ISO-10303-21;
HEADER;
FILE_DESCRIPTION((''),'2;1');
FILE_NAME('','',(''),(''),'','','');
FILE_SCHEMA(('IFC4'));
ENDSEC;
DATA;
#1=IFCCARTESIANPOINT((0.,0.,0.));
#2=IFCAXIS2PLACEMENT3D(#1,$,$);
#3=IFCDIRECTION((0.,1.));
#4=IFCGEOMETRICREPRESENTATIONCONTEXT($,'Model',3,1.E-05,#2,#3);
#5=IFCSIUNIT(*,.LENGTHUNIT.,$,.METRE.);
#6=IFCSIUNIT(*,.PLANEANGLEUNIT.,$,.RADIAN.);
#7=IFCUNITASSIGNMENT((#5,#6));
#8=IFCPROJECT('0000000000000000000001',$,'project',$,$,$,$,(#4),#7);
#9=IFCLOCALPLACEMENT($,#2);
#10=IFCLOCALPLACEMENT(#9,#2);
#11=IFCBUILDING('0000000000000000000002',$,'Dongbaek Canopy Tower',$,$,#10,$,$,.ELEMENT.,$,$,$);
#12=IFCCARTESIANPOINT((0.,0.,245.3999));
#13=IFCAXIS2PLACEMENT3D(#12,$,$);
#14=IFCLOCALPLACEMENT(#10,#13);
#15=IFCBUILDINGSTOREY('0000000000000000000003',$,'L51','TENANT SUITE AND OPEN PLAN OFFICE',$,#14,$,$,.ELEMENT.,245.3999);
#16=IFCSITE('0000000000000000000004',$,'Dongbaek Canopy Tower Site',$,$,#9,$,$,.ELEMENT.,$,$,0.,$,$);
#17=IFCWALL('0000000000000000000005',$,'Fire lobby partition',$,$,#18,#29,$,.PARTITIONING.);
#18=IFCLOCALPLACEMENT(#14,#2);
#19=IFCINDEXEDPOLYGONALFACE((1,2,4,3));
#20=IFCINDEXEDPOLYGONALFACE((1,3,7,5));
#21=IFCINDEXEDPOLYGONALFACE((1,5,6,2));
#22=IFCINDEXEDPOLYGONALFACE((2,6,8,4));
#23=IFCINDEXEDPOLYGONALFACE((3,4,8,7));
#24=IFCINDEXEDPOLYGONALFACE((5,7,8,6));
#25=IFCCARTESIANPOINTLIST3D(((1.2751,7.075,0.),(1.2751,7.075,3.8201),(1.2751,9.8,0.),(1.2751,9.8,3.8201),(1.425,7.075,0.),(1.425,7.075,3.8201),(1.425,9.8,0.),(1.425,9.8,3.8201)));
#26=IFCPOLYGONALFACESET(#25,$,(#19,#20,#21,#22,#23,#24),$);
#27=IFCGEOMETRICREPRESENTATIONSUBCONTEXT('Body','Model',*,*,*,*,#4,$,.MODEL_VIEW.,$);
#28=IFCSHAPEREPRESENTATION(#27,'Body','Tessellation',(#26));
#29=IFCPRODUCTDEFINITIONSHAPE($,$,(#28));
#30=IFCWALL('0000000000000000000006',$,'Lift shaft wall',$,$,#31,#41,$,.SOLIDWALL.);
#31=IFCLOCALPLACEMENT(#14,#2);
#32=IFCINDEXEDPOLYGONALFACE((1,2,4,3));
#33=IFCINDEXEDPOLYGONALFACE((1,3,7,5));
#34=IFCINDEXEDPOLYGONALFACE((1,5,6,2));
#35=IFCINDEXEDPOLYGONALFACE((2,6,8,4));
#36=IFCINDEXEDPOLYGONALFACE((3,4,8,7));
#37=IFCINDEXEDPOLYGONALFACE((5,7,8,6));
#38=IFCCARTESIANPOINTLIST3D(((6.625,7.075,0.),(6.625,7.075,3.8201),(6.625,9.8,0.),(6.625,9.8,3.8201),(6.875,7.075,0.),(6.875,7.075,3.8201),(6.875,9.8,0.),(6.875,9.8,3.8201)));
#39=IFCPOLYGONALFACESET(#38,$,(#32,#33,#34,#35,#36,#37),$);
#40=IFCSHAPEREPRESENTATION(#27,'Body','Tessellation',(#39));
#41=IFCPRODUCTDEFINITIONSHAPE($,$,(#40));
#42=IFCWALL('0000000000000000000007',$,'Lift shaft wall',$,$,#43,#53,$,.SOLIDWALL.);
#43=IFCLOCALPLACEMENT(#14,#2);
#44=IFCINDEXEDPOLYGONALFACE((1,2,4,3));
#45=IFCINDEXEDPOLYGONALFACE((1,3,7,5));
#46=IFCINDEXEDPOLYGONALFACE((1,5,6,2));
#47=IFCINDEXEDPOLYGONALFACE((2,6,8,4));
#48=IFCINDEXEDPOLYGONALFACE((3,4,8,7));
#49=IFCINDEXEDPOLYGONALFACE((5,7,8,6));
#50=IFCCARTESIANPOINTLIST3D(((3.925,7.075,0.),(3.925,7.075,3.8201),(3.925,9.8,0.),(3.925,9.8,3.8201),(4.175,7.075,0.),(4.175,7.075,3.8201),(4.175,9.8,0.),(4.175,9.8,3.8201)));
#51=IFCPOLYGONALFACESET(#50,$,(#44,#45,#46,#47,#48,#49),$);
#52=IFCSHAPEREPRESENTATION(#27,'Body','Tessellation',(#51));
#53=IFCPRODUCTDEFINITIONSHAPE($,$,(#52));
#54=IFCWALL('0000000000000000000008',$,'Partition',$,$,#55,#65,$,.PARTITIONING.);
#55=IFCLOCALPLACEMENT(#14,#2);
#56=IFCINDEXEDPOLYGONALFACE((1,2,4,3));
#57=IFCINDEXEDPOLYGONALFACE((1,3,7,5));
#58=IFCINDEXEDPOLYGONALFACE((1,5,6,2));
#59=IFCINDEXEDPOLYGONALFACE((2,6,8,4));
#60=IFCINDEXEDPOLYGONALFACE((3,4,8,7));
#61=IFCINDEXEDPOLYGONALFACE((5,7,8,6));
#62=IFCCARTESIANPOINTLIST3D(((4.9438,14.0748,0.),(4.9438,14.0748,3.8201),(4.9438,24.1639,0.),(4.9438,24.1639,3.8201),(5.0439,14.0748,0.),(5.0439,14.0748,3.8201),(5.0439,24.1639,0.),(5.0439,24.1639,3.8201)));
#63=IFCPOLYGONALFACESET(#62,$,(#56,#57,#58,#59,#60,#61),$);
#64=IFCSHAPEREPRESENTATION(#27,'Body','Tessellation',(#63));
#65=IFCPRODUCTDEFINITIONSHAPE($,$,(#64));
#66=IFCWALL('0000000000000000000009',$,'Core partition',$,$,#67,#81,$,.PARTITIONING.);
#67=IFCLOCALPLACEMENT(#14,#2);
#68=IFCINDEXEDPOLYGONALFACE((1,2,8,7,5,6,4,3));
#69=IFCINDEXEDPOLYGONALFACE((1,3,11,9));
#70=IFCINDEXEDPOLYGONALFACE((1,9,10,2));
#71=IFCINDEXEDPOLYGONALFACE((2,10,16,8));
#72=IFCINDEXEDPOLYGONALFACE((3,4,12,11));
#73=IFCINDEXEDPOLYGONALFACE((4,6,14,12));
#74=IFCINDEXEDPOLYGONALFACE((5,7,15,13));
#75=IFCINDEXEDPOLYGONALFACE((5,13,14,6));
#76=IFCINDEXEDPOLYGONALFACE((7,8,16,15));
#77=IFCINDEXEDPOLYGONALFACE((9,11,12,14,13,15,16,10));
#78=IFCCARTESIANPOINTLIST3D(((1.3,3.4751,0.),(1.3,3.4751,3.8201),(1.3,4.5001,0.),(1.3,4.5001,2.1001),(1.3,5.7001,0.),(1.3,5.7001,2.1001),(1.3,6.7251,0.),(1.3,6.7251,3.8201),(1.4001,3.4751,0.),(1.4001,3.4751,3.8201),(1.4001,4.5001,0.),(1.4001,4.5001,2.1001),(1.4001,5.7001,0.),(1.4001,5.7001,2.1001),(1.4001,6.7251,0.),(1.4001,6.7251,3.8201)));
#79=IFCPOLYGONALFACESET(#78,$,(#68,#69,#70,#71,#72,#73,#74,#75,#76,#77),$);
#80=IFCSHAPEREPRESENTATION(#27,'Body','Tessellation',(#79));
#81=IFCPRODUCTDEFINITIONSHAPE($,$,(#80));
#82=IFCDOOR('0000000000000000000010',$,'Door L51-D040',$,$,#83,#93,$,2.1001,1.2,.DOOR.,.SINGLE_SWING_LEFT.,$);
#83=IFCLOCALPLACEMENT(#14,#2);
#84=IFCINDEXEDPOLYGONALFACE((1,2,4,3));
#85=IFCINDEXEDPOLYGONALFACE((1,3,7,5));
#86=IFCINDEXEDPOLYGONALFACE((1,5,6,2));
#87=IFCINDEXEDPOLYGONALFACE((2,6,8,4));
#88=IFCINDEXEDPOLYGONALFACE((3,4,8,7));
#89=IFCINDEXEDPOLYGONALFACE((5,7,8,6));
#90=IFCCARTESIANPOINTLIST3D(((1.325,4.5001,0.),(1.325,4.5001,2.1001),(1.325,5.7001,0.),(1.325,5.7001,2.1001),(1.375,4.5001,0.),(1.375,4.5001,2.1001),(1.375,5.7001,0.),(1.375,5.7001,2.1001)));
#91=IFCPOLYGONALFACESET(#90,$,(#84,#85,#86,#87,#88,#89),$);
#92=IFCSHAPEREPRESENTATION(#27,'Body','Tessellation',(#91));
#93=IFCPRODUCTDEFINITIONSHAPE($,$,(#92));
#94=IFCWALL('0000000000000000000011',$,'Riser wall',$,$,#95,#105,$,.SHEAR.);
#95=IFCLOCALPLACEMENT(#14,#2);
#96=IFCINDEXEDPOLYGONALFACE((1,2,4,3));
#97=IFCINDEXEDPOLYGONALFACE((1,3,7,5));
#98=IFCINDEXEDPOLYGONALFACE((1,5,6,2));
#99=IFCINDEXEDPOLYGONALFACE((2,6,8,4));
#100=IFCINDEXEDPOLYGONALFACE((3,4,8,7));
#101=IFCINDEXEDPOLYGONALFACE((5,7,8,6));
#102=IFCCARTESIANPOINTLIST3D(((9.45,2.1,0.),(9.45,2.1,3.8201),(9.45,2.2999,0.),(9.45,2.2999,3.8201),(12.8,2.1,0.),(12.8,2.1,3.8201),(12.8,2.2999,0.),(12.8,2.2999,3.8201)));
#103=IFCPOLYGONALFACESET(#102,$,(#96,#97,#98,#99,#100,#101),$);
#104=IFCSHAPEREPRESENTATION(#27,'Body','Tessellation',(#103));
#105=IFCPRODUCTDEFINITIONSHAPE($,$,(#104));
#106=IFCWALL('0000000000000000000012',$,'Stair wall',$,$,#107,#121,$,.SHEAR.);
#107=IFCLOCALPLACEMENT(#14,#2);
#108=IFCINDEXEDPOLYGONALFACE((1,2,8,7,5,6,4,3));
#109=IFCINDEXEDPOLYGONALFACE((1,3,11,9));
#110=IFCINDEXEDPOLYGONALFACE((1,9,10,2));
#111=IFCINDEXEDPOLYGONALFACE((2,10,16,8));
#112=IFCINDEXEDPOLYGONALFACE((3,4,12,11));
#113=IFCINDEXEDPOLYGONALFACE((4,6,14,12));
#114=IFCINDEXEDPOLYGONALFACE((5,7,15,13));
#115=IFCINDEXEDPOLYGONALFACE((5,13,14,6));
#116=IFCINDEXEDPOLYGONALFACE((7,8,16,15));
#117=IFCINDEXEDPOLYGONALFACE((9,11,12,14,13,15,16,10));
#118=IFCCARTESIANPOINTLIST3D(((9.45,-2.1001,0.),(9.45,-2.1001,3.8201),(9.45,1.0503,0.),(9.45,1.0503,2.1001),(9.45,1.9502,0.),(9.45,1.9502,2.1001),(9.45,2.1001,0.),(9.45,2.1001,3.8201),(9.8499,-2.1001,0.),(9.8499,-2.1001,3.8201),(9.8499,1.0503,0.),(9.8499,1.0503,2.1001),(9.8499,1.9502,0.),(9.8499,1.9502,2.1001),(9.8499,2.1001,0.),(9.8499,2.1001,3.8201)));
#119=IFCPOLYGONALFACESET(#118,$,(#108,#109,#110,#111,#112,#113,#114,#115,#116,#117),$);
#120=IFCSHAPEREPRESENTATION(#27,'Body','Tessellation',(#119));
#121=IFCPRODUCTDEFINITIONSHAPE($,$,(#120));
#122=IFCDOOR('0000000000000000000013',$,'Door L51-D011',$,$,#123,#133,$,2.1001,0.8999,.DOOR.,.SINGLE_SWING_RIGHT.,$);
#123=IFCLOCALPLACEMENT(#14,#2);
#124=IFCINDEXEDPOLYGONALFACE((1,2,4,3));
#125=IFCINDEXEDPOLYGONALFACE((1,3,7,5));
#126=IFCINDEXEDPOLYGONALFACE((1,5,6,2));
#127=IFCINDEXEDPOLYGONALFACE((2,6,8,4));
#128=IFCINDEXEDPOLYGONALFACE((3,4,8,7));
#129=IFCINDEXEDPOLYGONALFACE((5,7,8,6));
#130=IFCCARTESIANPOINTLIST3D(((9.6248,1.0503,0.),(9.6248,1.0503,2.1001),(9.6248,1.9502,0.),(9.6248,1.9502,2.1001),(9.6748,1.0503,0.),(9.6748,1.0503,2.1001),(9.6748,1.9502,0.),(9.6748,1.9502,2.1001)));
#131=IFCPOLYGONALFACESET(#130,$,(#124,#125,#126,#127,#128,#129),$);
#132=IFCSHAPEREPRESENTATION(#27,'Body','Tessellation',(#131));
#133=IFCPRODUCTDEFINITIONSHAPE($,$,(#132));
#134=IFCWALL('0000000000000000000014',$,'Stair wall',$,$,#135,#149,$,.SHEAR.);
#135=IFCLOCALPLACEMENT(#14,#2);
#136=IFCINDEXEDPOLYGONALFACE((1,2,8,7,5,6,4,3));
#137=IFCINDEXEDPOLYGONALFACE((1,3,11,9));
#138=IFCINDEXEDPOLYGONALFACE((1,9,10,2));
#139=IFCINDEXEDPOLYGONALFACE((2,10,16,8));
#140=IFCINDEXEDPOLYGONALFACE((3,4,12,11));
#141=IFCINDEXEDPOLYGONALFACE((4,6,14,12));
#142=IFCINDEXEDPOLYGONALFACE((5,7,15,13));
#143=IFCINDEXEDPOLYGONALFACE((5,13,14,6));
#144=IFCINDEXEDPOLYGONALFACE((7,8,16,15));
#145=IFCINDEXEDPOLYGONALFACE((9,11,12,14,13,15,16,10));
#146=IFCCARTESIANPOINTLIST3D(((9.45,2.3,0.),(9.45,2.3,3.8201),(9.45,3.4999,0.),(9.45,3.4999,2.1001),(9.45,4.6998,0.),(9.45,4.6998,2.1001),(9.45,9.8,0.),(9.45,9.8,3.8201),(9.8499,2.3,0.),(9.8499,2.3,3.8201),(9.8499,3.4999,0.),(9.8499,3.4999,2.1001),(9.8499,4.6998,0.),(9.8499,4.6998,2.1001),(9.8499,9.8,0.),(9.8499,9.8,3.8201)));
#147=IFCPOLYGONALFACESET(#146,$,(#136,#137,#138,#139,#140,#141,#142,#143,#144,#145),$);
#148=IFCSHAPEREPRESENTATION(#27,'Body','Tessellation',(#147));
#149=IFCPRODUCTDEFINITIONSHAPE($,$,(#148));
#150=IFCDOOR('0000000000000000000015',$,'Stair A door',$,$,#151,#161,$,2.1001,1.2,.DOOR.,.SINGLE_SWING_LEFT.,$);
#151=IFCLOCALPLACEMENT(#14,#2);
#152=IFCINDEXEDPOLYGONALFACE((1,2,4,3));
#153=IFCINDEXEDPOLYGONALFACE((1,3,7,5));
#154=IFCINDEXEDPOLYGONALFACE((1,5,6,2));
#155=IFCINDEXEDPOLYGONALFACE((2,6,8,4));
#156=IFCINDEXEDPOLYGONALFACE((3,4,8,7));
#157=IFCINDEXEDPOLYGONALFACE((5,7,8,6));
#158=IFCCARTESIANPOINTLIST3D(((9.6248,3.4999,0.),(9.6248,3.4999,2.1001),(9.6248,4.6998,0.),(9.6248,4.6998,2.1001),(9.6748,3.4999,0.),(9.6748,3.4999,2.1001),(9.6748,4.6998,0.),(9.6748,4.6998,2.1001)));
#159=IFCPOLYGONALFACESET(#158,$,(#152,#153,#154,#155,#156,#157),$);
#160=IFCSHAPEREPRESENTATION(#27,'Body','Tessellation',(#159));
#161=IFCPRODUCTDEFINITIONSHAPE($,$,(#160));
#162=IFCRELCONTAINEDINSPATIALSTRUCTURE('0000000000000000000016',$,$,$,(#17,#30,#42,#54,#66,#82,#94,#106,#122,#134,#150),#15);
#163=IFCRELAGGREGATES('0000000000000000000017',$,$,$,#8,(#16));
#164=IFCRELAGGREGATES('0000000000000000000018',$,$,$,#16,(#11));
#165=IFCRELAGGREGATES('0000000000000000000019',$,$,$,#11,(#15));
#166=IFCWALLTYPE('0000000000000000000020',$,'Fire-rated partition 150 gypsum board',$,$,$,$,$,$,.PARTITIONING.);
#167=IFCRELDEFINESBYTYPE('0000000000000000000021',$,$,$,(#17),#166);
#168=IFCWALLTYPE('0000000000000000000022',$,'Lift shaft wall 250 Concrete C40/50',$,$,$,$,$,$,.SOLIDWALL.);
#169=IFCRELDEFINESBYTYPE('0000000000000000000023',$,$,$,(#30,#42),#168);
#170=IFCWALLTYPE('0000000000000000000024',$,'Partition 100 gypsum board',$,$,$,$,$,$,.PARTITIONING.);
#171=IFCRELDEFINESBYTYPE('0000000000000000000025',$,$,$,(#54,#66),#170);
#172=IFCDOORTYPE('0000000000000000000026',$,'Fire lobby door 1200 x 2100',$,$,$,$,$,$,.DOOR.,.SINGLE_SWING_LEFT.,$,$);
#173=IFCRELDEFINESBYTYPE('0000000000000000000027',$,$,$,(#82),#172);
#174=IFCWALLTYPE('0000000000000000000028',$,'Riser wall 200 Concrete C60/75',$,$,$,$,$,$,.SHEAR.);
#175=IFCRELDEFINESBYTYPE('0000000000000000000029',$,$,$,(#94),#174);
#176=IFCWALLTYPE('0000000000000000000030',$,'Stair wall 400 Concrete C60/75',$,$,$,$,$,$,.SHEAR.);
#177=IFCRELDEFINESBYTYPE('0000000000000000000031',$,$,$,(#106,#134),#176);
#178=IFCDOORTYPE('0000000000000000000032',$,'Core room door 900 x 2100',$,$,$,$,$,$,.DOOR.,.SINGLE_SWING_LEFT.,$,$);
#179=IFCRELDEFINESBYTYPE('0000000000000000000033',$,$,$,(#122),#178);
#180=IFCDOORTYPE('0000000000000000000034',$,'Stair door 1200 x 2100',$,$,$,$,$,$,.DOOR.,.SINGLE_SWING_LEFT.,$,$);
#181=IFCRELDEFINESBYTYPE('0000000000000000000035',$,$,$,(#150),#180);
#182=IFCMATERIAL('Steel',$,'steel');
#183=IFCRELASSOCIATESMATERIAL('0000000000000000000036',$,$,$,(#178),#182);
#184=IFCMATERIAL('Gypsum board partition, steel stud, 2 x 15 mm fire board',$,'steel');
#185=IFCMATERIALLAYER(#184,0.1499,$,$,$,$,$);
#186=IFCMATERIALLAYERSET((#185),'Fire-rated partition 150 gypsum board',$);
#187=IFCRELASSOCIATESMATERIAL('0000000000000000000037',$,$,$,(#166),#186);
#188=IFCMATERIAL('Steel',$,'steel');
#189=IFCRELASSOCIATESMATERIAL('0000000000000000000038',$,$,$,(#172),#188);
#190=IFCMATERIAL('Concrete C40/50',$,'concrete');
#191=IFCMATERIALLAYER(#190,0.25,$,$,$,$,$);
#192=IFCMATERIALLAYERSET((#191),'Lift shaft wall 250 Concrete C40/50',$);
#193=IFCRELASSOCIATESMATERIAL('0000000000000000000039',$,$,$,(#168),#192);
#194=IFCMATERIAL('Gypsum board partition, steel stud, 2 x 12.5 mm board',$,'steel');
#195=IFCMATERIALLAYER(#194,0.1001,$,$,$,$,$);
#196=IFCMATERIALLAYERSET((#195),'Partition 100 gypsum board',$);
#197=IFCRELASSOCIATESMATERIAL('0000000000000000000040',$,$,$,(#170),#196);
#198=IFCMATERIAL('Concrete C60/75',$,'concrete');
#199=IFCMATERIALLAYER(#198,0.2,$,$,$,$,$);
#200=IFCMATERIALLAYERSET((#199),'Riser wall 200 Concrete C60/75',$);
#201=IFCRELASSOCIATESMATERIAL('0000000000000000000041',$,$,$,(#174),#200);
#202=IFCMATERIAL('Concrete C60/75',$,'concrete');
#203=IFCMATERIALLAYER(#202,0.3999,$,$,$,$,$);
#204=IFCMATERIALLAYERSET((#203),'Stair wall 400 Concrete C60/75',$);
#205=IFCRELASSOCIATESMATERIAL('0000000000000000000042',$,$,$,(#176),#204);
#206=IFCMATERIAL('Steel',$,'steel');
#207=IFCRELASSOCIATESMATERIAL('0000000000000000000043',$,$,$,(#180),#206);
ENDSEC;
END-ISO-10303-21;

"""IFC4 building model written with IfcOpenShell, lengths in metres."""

from ifc_helpers import new_model, si_unit, direction, frame, frame_2d, origin, place, context, subcontext, project, spatial, rectangle, extrude, material, layer, layer_set, type_object, element, fill, save


model = new_model("IFC4")

# Units and contexts
model_context = context("Model", 3, precision=1e-05, world=origin(), true_north=direction((0.0, 1.0)))
body_context = subcontext(model_context, "Body", "Model", "MODEL_VIEW")
ifc_project = project(units=[si_unit("LENGTHUNIT", "METRE"), si_unit("PLANEANGLEUNIT", "RADIAN")], contexts=[model_context])

# Site, building, storey
site_placement = place(None, origin())
site = spatial("IfcSite", under=ifc_project, at=site_placement, Name="Dongbaek Canopy Tower Site", CompositionType="ELEMENT", RefElevation=0.0)
building_placement = place(site_placement, origin())
building = spatial("IfcBuilding", under=site, at=building_placement, Name="Dongbaek Canopy Tower", CompositionType="ELEMENT")
storey_placement = place(building_placement, frame((0.0, 0.0, 245.3999)))
storey = spatial("IfcBuildingStorey", under=building, at=storey_placement, Name="L51", Description="TENANT SUITE AND OPEN PLAN OFFICE", CompositionType="ELEMENT", Elevation=245.3999)

# Shared definitions
ifc_material_1 = material(Name="Steel", Category="steel")
door_type_1 = type_object("IfcDoorType", Name="Core room door 900 x 2100", OperationType="SINGLE_SWING_LEFT", PredefinedType="DOOR", material=ifc_material_1)

# Shared definitions
ifc_material_2 = material(Name="Gypsum board partition, steel stud, 2 x 15 mm fire board", Category="steel")
ifc_layer_1 = layer(ifc_material_2, 0.1499)
ifc_layer_set_1 = layer_set([ifc_layer_1], Name="Fire-rated partition 150 gypsum board")
wall_type_1 = type_object("IfcWallType", Name="Fire-rated partition 150 gypsum board", PredefinedType="PARTITIONING", material=ifc_layer_set_1)
ifc_material_3 = material(Name="Steel", Category="steel")
door_type_2 = type_object("IfcDoorType", Name="Fire lobby door 1200 x 2100", OperationType="SINGLE_SWING_LEFT", PredefinedType="DOOR", material=ifc_material_3)

# Walls
wall_1_placement = place(storey_placement, frame((1.3501, 7.075, 0.0), z_axis=(0.0, 0.0, 1.0), x_axis=(0.0, 1.0, 0.0)))
element("IfcWall", 1, at=wall_1_placement, inside=storey, type_object=wall_type_1, Name="Fire lobby partition", PredefinedType="PARTITIONING", context=body_context, shape_type="SweptSolid", body=[
    extrude(rectangle(XDim=2.7251, YDim=0.1499, at=frame_2d((1.3625, 0.0))), origin(), (0.0, 0.0, 1.0), 3.8201),
])
ifc_material_4 = material(Name="Concrete C40/50", Category="concrete")
ifc_layer_2 = layer(ifc_material_4, 0.25)
ifc_layer_set_2 = layer_set([ifc_layer_2], Name="Lift shaft wall 250 Concrete C40/50")
wall_type_2 = type_object("IfcWallType", Name="Lift shaft wall 250 Concrete C40/50", PredefinedType="SOLIDWALL", material=ifc_layer_set_2)
for number, where, z_axis, x_axis, name in (
    (2, (6.75, 7.075, 0.0), (0.0, 0.0, 1.0), (0.0, 1.0, 0.0), "Lift shaft wall"),
    (3, (4.05, 7.075, 0.0), (0.0, 0.0, 1.0), (0.0, 1.0, 0.0), "Lift shaft wall"),
):
    element("IfcWall", number, at=place(storey_placement, frame(where, z_axis=z_axis, x_axis=x_axis)), inside=storey, type_object=wall_type_2, Name=name, PredefinedType="SOLIDWALL", context=body_context, shape_type="SweptSolid", body=[
        extrude(rectangle(XDim=2.7251, YDim=0.25, at=frame_2d((1.3625, 0.0))), origin(), (0.0, 0.0, 1.0), 3.8201),
    ])
ifc_material_5 = material(Name="Gypsum board partition, steel stud, 2 x 12.5 mm board", Category="steel")
ifc_layer_3 = layer(ifc_material_5, 0.1001)
ifc_layer_set_3 = layer_set([ifc_layer_3], Name="Partition 100 gypsum board")
wall_type_3 = type_object("IfcWallType", Name="Partition 100 gypsum board", PredefinedType="PARTITIONING", material=ifc_layer_set_3)
wall_2_placement = place(storey_placement, frame((4.9939, 14.075, 0.0), z_axis=(0.0, 0.0, 1.0), x_axis=(0.0, 1.0, 0.0)))
element("IfcWall", 4, at=wall_2_placement, inside=storey, type_object=wall_type_3, Name="Partition", PredefinedType="PARTITIONING", context=body_context, shape_type="SweptSolid", body=[
    extrude(rectangle(XDim=10.0891, YDim=0.1001, at=frame_2d((5.0444, 0.0))), origin(), (0.0, 0.0, 1.0), 3.8201),
])

# Wall, opening, door
wall_3_placement = place(storey_placement, frame((1.3501, 6.7251, 0.0), z_axis=(0.0, 0.0, 1.0), x_axis=(0.0, -1.0, 0.0)))
wall_3 = element("IfcWall", 5, at=wall_3_placement, inside=storey, type_object=wall_type_3, Name="Core partition", PredefinedType="PARTITIONING", context=body_context, shape_type="SweptSolid", body=[
    extrude(rectangle(XDim=3.25, YDim=0.1001, at=frame_2d((1.625, 0.0))), origin(), (0.0, 0.0, 1.0), 3.8201),
])
opening_1_placement = place(wall_3_placement, frame((1.0249, 0.0, 0.0)))
opening_1 = element("IfcOpeningElement", 6, at=opening_1_placement, cuts=wall_3, PredefinedType="OPENING", context=body_context, shape_type="SweptSolid", body=[
    extrude(rectangle(XDim=1.2, YDim=2.1001, at=frame_2d((0.6001, 1.05))), frame((0.0, 0.0601, 0.0), z_axis=(0.0, -1.0, 0.0), x_axis=(1.0, 0.0, 0.0)), (0.0, 0.0, 1.0), 0.1201),
])
door_1_placement = place(opening_1_placement, origin())
door_1 = element("IfcDoor", 7, at=door_1_placement, inside=storey, type_object=door_type_2, Name="Door L51-D040", OperationType="SINGLE_SWING_LEFT", OverallHeight=2.1001, OverallWidth=1.2, PredefinedType="DOOR", context=body_context, shape_type="SweptSolid", body=[
    extrude(rectangle(XDim=1.2, YDim=2.1001, at=frame_2d((0.6001, 1.05))), frame((0.0, 0.0249, 0.0), z_axis=(0.0, -1.0, 0.0), x_axis=(1.0, 0.0, 0.0)), (0.0, 0.0, 1.0), 0.05),
])
fill(opening_1, door_1)

# Wall
ifc_material_6 = material(Name="Concrete C60/75", Category="concrete")
ifc_layer_4 = layer(ifc_material_6, 0.2)
ifc_layer_set_4 = layer_set([ifc_layer_4], Name="Riser wall 200 Concrete C60/75")
wall_type_4 = type_object("IfcWallType", Name="Riser wall 200 Concrete C60/75", PredefinedType="SHEAR", material=ifc_layer_set_4)
wall_4_placement = place(storey_placement, frame((9.45, 2.2, 0.0), z_axis=(0.0, 0.0, 1.0), x_axis=(1.0, 0.0, 0.0)))
element("IfcWall", 8, at=wall_4_placement, inside=storey, type_object=wall_type_4, Name="Riser wall", PredefinedType="SHEAR", context=body_context, shape_type="SweptSolid", body=[
    extrude(rectangle(XDim=3.3501, YDim=0.2, at=frame_2d((1.675, 0.0))), origin(), (0.0, 0.0, 1.0), 3.8201),
])

# Walls, openings, doors
ifc_material_7 = material(Name="Concrete C60/75", Category="concrete")
ifc_layer_5 = layer(ifc_material_7, 0.3999)
ifc_layer_set_5 = layer_set([ifc_layer_5], Name="Stair wall 400 Concrete C60/75")
wall_type_5 = type_object("IfcWallType", Name="Stair wall 400 Concrete C60/75", PredefinedType="SHEAR", material=ifc_layer_set_5)
wall_5_placement = place(storey_placement, frame((9.6499, 2.1001, 0.0), z_axis=(0.0, 0.0, 1.0), x_axis=(0.0, -1.0, 0.0)))
wall_5 = element("IfcWall", 9, at=wall_5_placement, inside=storey, type_object=wall_type_5, Name="Stair wall", PredefinedType="SHEAR", context=body_context, shape_type="SweptSolid", body=[
    extrude(rectangle(XDim=4.2002, YDim=0.3999, at=frame_2d((2.1001, 0.0))), origin(), (0.0, 0.0, 1.0), 3.8201),
])
opening_2_placement = place(wall_5_placement, frame((0.1499, 0.0, 0.0)))
opening_2 = element("IfcOpeningElement", 10, at=opening_2_placement, cuts=wall_5, PredefinedType="OPENING", context=body_context, shape_type="SweptSolid", body=[
    extrude(rectangle(XDim=0.8999, YDim=2.1001, at=frame_2d((0.45, 1.05))), frame((0.0, 0.21, 0.0), z_axis=(0.0, -1.0, 0.0), x_axis=(1.0, 0.0, 0.0)), (0.0, 0.0, 1.0), 0.4199),
])
door_2_placement = place(opening_2_placement, origin())
door_2 = element("IfcDoor", 11, at=door_2_placement, inside=storey, type_object=door_type_1, Name="Door L51-D011", OperationType="SINGLE_SWING_RIGHT", OverallHeight=2.1001, OverallWidth=0.8999, PredefinedType="DOOR", context=body_context, shape_type="SweptSolid", body=[
    extrude(rectangle(XDim=0.8999, YDim=2.1001, at=frame_2d((0.45, 1.05))), frame((0.0, 0.0249, 0.0), z_axis=(0.0, -1.0, 0.0), x_axis=(1.0, 0.0, 0.0)), (0.0, 0.0, 1.0), 0.05),
])
fill(opening_2, door_2)
wall_6_placement = place(storey_placement, frame((9.6499, 9.8, 0.0), z_axis=(0.0, 0.0, 1.0), x_axis=(0.0, -1.0, 0.0)))
wall_6 = element("IfcWall", 12, at=wall_6_placement, inside=storey, type_object=wall_type_5, Name="Stair wall", PredefinedType="SHEAR", context=body_context, shape_type="SweptSolid", body=[
    extrude(rectangle(XDim=7.5, YDim=0.3999, at=frame_2d((3.75, 0.0))), origin(), (0.0, 0.0, 1.0), 3.8201),
])
opening_3_placement = place(wall_6_placement, frame((5.1001, 0.0, 0.0)))
opening_3 = element("IfcOpeningElement", 13, at=opening_3_placement, cuts=wall_6, PredefinedType="OPENING", context=body_context, shape_type="SweptSolid", body=[
    extrude(rectangle(XDim=1.2, YDim=2.1001, at=frame_2d((0.6001, 1.05))), frame((0.0, 0.21, 0.0), z_axis=(0.0, -1.0, 0.0), x_axis=(1.0, 0.0, 0.0)), (0.0, 0.0, 1.0), 0.4199),
])
ifc_material_8 = material(Name="Steel", Category="steel")
door_type_3 = type_object("IfcDoorType", Name="Stair door 1200 x 2100", OperationType="SINGLE_SWING_LEFT", PredefinedType="DOOR", material=ifc_material_8)
door_3_placement = place(opening_3_placement, origin())
door_3 = element("IfcDoor", 14, at=door_3_placement, inside=storey, type_object=door_type_3, Name="Stair A door", OperationType="SINGLE_SWING_LEFT", OverallHeight=2.1001, OverallWidth=1.2, PredefinedType="DOOR", context=body_context, shape_type="SweptSolid", body=[
    extrude(rectangle(XDim=1.2, YDim=2.1001, at=frame_2d((0.6001, 1.05))), frame((0.0, 0.0249, 0.0), z_axis=(0.0, -1.0, 0.0), x_axis=(1.0, 0.0, 0.0)), (0.0, 0.0, 1.0), 0.05),
])
fill(opening_3, door_3)

save(model, "model.ifc")
